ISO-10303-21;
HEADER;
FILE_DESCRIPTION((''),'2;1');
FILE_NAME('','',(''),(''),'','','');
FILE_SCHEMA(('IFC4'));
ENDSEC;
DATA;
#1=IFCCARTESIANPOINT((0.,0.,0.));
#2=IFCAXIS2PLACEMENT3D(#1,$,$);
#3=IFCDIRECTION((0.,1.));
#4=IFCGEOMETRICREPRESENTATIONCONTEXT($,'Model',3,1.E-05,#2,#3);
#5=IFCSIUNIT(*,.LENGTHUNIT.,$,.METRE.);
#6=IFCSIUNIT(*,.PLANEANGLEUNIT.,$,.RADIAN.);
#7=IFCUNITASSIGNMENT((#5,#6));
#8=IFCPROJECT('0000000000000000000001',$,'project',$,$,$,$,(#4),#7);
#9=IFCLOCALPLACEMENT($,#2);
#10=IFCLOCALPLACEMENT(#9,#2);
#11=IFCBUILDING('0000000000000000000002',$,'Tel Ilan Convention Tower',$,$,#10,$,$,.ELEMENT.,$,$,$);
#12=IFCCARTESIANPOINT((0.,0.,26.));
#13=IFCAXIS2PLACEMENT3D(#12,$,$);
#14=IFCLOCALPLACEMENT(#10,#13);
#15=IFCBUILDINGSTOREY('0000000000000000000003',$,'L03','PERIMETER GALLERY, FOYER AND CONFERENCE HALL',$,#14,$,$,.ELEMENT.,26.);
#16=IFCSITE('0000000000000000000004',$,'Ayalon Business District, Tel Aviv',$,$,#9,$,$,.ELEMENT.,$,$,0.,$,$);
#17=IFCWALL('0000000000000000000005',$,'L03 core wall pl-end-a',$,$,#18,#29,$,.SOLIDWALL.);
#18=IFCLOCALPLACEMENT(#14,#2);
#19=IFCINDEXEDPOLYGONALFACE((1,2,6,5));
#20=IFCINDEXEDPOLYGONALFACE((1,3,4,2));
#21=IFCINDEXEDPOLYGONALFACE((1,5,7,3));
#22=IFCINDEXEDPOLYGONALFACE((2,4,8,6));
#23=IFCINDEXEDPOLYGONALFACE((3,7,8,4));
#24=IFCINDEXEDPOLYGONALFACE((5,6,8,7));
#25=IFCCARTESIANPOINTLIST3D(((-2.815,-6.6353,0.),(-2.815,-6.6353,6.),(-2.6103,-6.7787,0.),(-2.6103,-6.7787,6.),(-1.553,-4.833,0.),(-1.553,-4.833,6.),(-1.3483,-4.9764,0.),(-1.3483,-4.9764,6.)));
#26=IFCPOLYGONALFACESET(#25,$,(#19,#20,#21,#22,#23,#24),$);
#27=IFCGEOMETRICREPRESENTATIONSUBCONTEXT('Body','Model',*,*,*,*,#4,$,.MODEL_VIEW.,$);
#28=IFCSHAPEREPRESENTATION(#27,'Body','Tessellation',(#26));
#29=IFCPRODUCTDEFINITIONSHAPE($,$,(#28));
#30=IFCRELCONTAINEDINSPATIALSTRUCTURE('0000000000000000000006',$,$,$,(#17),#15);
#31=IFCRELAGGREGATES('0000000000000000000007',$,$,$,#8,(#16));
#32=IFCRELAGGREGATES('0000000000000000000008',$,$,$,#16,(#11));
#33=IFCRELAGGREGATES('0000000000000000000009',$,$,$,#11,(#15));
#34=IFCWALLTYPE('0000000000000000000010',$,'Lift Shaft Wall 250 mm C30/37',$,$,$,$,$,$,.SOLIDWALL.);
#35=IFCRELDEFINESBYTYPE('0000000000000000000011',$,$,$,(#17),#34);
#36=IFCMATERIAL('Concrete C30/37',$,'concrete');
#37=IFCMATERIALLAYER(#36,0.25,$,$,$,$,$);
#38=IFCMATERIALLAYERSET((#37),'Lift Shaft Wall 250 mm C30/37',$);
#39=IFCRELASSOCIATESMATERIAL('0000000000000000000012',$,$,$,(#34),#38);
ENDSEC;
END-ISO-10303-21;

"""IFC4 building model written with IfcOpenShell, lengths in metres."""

from ifc_helpers import new_model, si_unit, direction, frame, frame_2d, origin, place, context, subcontext, project, spatial, rectangle, extrude, material, layer, layer_set, type_object, element, save


model = new_model("IFC4")

# Units and contexts
model_context = context("Model", 3, precision=1e-05, world=origin(), true_north=direction((0.0, 1.0)))
body_context = subcontext(model_context, "Body", "Model", "MODEL_VIEW")
ifc_project = project(units=[si_unit("LENGTHUNIT", "METRE"), si_unit("PLANEANGLEUNIT", "RADIAN")], contexts=[model_context])

# Site, building, storey
site_placement = place(None, origin())
site = spatial("IfcSite", under=ifc_project, at=site_placement, Name="Ayalon Business District, Tel Aviv", CompositionType="ELEMENT", RefElevation=0.0)
building_placement = place(site_placement, origin())
building = spatial("IfcBuilding", under=site, at=building_placement, Name="Tel Ilan Convention Tower", CompositionType="ELEMENT")
storey_placement = place(building_placement, frame((0.0, 0.0, 26.0)))
storey = spatial("IfcBuildingStorey", under=building, at=storey_placement, Name="L03", Description="PERIMETER GALLERY, FOYER AND CONFERENCE HALL", CompositionType="ELEMENT", Elevation=26.0)

# Shared definitions
ifc_material_1 = material(Name="Concrete C30/37", Category="concrete")
ifc_layer_1 = layer(ifc_material_1, 0.25)
ifc_layer_set_1 = layer_set([ifc_layer_1], Name="Lift Shaft Wall 250 mm C30/37")
wall_type_1 = type_object("IfcWallType", Name="Lift Shaft Wall 250 mm C30/37", PredefinedType="SOLIDWALL", material=ifc_layer_set_1)

# Wall
wall_1_placement = place(storey_placement, frame((-2.7126, -6.707, 0.0), z_axis=(0.0, 0.0, 1.0), x_axis=(0.573581, 0.819149, 0.0)))
element("IfcWall", 1, at=wall_1_placement, inside=storey, type_object=wall_type_1, Name="L03 core wall pl-end-a", PredefinedType="SOLIDWALL", context=body_context, shape_type="SweptSolid", body=[
    extrude(rectangle(XDim=2.2002, YDim=0.25, at=frame_2d((1.1001, 0.0))), origin(), (0.0, 0.0, 1.0), 6.0),
])

save(model, "model.ifc")
